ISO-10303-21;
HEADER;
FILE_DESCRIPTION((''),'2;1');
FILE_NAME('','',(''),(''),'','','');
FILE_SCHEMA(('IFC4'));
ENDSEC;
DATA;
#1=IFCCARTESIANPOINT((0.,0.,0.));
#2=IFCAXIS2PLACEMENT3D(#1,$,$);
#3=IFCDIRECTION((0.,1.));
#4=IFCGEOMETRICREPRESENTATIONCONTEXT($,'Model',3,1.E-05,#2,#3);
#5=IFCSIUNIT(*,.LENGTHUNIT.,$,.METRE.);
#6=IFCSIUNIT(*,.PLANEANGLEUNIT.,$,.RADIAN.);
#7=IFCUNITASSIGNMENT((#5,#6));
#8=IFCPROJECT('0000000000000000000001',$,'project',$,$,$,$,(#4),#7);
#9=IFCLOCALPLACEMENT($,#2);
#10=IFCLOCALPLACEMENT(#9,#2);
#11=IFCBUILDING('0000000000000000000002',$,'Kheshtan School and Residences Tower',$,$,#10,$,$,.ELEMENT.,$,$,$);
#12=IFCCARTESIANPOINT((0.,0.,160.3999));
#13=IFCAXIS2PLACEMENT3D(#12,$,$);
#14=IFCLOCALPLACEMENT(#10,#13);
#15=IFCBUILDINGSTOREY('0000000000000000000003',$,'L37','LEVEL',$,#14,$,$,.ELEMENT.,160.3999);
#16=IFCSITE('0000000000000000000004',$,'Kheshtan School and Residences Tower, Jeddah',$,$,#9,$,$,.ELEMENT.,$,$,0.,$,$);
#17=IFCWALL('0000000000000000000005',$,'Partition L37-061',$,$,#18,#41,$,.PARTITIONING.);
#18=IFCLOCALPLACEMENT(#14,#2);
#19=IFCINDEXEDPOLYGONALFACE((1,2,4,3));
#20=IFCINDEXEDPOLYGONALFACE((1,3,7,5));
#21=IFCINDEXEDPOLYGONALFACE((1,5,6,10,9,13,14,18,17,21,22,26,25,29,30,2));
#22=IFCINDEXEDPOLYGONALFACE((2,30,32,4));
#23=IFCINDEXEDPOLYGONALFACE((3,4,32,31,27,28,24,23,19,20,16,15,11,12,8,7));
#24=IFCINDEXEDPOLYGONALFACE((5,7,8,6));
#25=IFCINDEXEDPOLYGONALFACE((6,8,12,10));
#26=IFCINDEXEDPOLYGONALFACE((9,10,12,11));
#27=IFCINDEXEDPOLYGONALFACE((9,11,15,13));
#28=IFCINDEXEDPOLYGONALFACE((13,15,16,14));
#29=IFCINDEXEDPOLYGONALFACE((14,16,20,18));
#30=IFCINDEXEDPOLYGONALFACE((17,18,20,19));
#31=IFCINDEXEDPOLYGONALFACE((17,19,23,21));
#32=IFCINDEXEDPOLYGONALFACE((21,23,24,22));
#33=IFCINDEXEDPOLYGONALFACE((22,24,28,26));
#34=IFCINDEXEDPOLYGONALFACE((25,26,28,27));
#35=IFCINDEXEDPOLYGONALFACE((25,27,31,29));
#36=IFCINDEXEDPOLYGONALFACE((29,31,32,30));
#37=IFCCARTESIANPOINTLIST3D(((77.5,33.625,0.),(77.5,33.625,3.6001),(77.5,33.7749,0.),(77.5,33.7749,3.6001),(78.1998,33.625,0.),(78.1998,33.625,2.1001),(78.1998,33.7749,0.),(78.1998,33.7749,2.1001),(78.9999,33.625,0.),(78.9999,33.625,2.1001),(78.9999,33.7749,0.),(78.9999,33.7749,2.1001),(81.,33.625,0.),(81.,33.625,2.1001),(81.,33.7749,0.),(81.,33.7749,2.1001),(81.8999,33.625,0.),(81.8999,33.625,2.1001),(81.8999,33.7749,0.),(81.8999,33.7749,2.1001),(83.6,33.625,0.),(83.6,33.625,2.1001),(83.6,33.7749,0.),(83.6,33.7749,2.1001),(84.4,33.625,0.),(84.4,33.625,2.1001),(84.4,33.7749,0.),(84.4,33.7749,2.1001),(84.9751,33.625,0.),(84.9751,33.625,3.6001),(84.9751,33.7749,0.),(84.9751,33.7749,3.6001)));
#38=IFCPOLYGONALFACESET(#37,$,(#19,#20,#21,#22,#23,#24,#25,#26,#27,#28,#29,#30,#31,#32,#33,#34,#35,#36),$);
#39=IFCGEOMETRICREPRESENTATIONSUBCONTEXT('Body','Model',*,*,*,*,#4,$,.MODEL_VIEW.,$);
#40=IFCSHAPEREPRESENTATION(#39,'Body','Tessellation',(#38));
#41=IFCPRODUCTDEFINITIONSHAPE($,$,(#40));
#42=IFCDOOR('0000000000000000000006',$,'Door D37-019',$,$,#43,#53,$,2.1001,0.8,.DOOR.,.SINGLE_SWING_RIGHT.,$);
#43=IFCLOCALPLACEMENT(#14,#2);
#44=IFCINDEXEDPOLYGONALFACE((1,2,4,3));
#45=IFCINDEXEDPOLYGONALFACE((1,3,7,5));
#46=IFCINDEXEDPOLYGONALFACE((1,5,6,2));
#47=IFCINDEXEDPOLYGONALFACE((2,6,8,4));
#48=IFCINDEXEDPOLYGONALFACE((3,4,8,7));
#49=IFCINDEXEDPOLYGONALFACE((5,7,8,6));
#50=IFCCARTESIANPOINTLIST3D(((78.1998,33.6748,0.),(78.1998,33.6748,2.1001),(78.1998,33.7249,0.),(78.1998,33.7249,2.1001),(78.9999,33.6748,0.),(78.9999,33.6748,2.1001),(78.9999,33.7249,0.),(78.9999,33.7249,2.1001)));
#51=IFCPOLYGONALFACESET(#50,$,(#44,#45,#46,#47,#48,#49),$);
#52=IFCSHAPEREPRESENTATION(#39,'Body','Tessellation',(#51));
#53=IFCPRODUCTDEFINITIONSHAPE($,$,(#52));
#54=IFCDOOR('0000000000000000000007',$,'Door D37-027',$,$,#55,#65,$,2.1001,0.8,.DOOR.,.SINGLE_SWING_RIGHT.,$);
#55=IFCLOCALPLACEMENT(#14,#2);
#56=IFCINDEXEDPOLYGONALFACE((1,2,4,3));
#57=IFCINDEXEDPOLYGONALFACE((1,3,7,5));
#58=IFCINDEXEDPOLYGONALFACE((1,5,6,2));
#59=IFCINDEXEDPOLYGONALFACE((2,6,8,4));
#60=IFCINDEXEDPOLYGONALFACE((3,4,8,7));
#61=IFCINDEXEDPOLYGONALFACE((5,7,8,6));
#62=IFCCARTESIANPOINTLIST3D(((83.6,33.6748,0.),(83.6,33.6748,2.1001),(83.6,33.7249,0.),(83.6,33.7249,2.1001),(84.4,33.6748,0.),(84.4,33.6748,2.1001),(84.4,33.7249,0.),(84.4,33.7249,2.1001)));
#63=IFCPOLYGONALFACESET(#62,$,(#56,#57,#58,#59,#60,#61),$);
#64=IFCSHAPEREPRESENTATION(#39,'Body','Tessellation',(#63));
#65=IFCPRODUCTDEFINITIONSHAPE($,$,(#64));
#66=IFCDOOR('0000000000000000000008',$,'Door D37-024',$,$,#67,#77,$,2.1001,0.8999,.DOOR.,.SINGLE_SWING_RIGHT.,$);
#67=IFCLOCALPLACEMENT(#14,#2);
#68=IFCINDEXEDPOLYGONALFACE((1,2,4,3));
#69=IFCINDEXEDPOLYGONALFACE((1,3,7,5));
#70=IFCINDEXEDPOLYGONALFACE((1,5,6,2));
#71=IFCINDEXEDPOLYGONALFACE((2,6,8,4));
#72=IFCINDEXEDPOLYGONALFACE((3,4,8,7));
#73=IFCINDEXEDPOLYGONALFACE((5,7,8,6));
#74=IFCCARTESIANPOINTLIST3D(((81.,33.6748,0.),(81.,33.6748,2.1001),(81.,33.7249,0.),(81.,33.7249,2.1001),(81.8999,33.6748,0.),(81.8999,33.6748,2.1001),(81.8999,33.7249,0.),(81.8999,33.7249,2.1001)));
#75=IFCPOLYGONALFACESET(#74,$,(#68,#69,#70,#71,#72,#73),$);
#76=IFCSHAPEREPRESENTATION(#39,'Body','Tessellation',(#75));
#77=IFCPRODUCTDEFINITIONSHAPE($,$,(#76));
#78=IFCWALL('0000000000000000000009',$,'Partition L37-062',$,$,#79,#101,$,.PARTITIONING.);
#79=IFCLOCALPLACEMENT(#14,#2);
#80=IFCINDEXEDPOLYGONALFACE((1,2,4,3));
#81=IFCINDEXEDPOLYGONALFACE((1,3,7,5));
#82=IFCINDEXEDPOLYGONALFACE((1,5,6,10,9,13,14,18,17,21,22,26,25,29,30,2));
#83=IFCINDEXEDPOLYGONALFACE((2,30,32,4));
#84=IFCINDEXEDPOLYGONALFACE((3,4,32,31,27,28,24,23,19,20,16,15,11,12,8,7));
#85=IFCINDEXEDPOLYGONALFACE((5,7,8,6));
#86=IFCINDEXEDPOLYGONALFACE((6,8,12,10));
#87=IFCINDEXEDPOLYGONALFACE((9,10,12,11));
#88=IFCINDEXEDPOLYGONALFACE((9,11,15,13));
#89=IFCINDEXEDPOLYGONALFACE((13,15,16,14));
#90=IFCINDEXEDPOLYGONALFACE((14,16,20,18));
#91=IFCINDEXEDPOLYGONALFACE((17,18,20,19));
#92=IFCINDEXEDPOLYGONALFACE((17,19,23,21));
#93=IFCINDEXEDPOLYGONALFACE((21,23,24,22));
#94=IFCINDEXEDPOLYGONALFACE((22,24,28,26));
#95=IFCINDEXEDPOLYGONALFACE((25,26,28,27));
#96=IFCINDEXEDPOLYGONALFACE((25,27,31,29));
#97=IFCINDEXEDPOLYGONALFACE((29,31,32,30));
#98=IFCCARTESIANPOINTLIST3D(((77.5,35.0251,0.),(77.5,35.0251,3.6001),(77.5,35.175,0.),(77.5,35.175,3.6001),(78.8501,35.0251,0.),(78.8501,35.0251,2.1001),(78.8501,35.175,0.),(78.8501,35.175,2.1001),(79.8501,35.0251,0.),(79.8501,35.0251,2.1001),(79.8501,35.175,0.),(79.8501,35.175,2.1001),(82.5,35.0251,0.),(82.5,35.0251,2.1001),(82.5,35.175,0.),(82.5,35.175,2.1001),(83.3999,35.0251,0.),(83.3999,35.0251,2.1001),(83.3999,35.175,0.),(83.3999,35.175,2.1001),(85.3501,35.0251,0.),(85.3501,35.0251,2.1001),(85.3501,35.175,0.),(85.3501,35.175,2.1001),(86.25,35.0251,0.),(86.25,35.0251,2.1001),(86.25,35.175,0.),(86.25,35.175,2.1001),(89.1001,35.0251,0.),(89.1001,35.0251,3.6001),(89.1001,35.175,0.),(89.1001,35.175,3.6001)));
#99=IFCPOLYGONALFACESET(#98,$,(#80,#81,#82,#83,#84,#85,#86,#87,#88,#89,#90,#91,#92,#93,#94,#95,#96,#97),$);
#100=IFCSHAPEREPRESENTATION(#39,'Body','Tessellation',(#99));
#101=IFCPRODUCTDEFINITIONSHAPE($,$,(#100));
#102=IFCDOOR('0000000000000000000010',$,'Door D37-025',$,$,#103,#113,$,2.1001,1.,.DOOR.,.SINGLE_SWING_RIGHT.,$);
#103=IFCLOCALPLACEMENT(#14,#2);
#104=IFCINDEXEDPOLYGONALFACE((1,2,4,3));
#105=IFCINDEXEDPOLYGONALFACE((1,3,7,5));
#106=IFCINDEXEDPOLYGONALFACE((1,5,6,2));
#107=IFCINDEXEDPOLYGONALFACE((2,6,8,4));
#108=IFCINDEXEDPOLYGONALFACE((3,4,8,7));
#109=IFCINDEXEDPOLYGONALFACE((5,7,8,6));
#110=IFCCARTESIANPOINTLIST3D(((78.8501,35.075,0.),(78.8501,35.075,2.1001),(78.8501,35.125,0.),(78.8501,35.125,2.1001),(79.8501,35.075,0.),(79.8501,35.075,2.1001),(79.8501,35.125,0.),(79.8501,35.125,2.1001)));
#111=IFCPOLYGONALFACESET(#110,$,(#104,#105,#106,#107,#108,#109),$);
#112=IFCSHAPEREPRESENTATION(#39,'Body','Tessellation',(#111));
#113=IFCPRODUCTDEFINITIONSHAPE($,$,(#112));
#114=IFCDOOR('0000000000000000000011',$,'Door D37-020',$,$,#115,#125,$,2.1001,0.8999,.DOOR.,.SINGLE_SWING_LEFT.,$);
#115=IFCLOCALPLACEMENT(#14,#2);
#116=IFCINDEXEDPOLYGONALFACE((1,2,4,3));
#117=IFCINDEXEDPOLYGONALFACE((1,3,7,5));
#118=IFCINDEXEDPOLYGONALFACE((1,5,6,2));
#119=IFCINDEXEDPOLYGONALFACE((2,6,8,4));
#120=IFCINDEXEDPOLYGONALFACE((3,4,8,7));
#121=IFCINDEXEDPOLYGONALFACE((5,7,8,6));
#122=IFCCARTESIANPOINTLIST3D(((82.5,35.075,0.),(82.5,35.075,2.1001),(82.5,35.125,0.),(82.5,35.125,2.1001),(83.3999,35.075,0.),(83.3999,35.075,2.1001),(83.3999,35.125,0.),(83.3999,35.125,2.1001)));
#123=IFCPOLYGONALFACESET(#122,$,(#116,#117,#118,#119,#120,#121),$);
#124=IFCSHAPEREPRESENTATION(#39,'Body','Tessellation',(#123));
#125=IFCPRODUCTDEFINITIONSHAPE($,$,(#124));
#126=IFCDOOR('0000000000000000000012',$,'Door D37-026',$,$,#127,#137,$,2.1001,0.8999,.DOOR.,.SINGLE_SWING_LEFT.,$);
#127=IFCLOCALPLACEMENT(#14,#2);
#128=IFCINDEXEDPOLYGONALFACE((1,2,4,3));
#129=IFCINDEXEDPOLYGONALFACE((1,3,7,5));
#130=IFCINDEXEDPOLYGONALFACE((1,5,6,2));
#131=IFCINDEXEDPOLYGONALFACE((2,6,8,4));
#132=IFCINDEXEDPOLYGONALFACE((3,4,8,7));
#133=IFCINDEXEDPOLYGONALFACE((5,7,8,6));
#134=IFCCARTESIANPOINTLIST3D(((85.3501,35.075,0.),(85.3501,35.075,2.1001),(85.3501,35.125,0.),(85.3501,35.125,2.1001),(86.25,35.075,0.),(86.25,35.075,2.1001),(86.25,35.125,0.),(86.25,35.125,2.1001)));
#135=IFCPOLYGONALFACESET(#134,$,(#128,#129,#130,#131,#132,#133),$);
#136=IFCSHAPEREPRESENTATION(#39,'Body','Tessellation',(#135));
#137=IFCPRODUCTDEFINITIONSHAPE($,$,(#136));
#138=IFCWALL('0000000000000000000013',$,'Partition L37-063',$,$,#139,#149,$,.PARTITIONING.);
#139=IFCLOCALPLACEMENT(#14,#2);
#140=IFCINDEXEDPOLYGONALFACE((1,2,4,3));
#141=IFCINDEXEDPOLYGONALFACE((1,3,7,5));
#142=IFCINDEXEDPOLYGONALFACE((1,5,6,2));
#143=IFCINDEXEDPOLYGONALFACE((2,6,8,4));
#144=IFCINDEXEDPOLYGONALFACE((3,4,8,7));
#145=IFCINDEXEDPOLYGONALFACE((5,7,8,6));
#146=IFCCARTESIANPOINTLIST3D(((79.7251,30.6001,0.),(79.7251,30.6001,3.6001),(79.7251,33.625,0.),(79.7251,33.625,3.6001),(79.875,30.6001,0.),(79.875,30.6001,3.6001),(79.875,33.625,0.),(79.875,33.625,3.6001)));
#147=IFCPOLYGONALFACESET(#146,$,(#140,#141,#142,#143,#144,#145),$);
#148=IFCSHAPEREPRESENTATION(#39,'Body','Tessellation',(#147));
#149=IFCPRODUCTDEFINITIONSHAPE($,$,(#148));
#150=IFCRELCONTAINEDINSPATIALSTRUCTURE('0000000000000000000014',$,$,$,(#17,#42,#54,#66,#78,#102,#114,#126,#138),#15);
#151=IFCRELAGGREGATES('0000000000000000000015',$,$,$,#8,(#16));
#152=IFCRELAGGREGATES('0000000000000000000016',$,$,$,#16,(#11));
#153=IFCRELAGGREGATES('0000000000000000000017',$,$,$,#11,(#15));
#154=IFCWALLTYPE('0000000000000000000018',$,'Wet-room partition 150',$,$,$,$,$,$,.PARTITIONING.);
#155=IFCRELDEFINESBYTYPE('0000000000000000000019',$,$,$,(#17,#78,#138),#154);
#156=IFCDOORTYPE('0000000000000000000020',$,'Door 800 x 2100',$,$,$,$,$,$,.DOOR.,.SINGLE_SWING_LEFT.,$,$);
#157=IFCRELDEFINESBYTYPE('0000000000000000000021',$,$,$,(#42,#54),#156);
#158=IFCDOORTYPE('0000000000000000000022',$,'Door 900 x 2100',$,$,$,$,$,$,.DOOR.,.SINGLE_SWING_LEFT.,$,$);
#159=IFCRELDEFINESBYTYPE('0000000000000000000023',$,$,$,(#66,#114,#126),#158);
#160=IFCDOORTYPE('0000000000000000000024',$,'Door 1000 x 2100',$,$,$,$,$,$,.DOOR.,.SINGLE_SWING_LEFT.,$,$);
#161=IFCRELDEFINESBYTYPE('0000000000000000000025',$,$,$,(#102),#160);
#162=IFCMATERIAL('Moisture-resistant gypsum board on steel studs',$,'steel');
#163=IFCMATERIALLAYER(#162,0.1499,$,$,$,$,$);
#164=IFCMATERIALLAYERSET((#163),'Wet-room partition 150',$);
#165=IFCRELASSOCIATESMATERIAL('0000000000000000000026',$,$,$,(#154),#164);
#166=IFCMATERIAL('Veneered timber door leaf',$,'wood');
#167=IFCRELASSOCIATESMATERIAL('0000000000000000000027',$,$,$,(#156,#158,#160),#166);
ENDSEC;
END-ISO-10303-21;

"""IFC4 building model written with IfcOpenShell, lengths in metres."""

from ifc_helpers import new_model, si_unit, direction, frame, frame_2d, origin, place, context, subcontext, project, spatial, rectangle, extrude, source, transform, mapped, material, layer, layer_set, type_object, element, fill, save


model = new_model("IFC4")

# Units and contexts
model_context = context("Model", 3, precision=1e-05, world=origin(), true_north=direction((0.0, 1.0)))
body_context = subcontext(model_context, "Body", "Model", "MODEL_VIEW")
ifc_project = project(units=[si_unit("LENGTHUNIT", "METRE"), si_unit("PLANEANGLEUNIT", "RADIAN")], contexts=[model_context])

# Site, building, storey
site_placement = place(None, origin())
site = spatial("IfcSite", under=ifc_project, at=site_placement, Name="Kheshtan School and Residences Tower, Jeddah", CompositionType="ELEMENT", RefElevation=0.0)
building_placement = place(site_placement, origin())
building = spatial("IfcBuilding", under=site, at=building_placement, Name="Kheshtan School and Residences Tower", CompositionType="ELEMENT")
storey_placement = place(building_placement, frame((0.0, 0.0, 160.3999)))
storey = spatial("IfcBuildingStorey", under=building, at=storey_placement, Name="L37", Description="LEVEL", CompositionType="ELEMENT", Elevation=160.3999)

# Shared definitions
ifc_material_1 = material(Name="Moisture-resistant gypsum board on steel studs", Category="steel")
ifc_layer_1 = layer(ifc_material_1, 0.1499)
ifc_layer_set_1 = layer_set([ifc_layer_1], Name="Wet-room partition 150")
wall_type_1 = type_object("IfcWallType", Name="Wet-room partition 150", PredefinedType="PARTITIONING", material=ifc_layer_set_1)

# Shared definitions
ifc_material_2 = material(Name="Veneered timber door leaf", Category="wood")
door_type_1 = type_object("IfcDoorType", Name="Door 800 x 2100", OperationType="SINGLE_SWING_LEFT", PredefinedType="DOOR", material=ifc_material_2)
shared_shape_1 = source(origin(), body_context, "Body", "SweptSolid", [
    extrude(rectangle(XDim=0.8, YDim=2.1001, at=frame_2d((0.3999, 1.05))), frame((0.0, 0.0249, 0.0), z_axis=(0.0, -1.0, 0.0), x_axis=(1.0, 0.0, 0.0)), (0.0, 0.0, 1.0), 0.05),
])

# Walls, openings, doors
wall_1_placement = place(storey_placement, frame((77.5, 33.7, 0.0), z_axis=(0.0, 0.0, 1.0), x_axis=(1.0, 0.0, 0.0)))
wall_1 = element("IfcWall", 1, at=wall_1_placement, inside=storey, type_object=wall_type_1, Name="Partition L37-061", PredefinedType="PARTITIONING", context=body_context, shape_type="SweptSolid", body=[
    extrude(rectangle(XDim=7.4751, YDim=0.1499, at=frame_2d((3.7375, 0.0))), origin(), (0.0, 0.0, 1.0), 3.6001),
])
opening_1_placement = place(wall_1_placement, frame((0.7, 0.0, 0.0)))
opening_1 = element("IfcOpeningElement", 2, at=opening_1_placement, cuts=wall_1, PredefinedType="OPENING", context=body_context, shape_type="SweptSolid", body=[
    extrude(rectangle(XDim=0.8, YDim=2.1001, at=frame_2d((0.3999, 1.05))), frame((0.0, 0.085, 0.0), z_axis=(0.0, -1.0, 0.0), x_axis=(1.0, 0.0, 0.0)), (0.0, 0.0, 1.0), 0.1699),
])
opening_2_placement = place(wall_1_placement, frame((3.5, 0.0, 0.0)))
opening_2 = element("IfcOpeningElement", 3, at=opening_2_placement, cuts=wall_1, PredefinedType="OPENING", context=body_context, shape_type="SweptSolid", body=[
    extrude(rectangle(XDim=0.8999, YDim=2.1001, at=frame_2d((0.45, 1.05))), frame((0.0, 0.085, 0.0), z_axis=(0.0, -1.0, 0.0), x_axis=(1.0, 0.0, 0.0)), (0.0, 0.0, 1.0), 0.1699),
])
opening_3_placement = place(wall_1_placement, frame((6.1001, 0.0, 0.0)))
opening_3 = element("IfcOpeningElement", 4, at=opening_3_placement, cuts=wall_1, PredefinedType="OPENING", context=body_context, shape_type="SweptSolid", body=[
    extrude(rectangle(XDim=0.8, YDim=2.1001, at=frame_2d((0.3999, 1.05))), frame((0.0, 0.085, 0.0), z_axis=(0.0, -1.0, 0.0), x_axis=(1.0, 0.0, 0.0)), (0.0, 0.0, 1.0), 0.1699),
])
door_1_placement = place(opening_1_placement, origin())
door_1 = element("IfcDoor", 5, at=door_1_placement, inside=storey, type_object=door_type_1, Name="Door D37-019", OperationType="SINGLE_SWING_RIGHT", OverallHeight=2.1001, OverallWidth=0.8, PredefinedType="DOOR", context=body_context, shape_type="MappedRepresentation", body=[
    mapped(shared_shape_1, transform((0.0, 0.0, 0.0), x_axis=(1.0, 0.0, 0.0), y_axis=(0.0, 1.0, 0.0), z_axis=(0.0, 0.0, 1.0), scale=1.0)),
])
fill(opening_1, door_1)
door_2_placement = place(opening_3_placement, origin())
door_2 = element("IfcDoor", 6, at=door_2_placement, inside=storey, type_object=door_type_1, Name="Door D37-027", OperationType="SINGLE_SWING_RIGHT", OverallHeight=2.1001, OverallWidth=0.8, PredefinedType="DOOR", context=body_context, shape_type="MappedRepresentation", body=[
    mapped(shared_shape_1, transform((0.0, 0.0, 0.0), x_axis=(1.0, 0.0, 0.0), y_axis=(0.0, 1.0, 0.0), z_axis=(0.0, 0.0, 1.0), scale=1.0)),
])
fill(opening_3, door_2)
door_type_2 = type_object("IfcDoorType", Name="Door 900 x 2100", OperationType="SINGLE_SWING_LEFT", PredefinedType="DOOR", material=ifc_material_2)
shared_shape_2 = source(origin(), body_context, "Body", "SweptSolid", [
    extrude(rectangle(XDim=0.8999, YDim=2.1001, at=frame_2d((0.45, 1.05))), frame((0.0, 0.0249, 0.0), z_axis=(0.0, -1.0, 0.0), x_axis=(1.0, 0.0, 0.0)), (0.0, 0.0, 1.0), 0.05),
])
door_3_placement = place(opening_2_placement, origin())
door_3 = element("IfcDoor", 7, at=door_3_placement, inside=storey, type_object=door_type_2, Name="Door D37-024", OperationType="SINGLE_SWING_RIGHT", OverallHeight=2.1001, OverallWidth=0.8999, PredefinedType="DOOR", context=body_context, shape_type="MappedRepresentation", body=[
    mapped(shared_shape_2, transform((0.0, 0.0, 0.0), x_axis=(1.0, 0.0, 0.0), y_axis=(0.0, 1.0, 0.0), z_axis=(0.0, 0.0, 1.0), scale=1.0)),
])
fill(opening_2, door_3)
wall_2_placement = place(storey_placement, frame((77.5, 35.1001, 0.0), z_axis=(0.0, 0.0, 1.0), x_axis=(1.0, 0.0, 0.0)))
wall_2 = element("IfcWall", 8, at=wall_2_placement, inside=storey, type_object=wall_type_1, Name="Partition L37-062", PredefinedType="PARTITIONING", context=body_context, shape_type="SweptSolid", body=[
    extrude(rectangle(XDim=11.6001, YDim=0.1499, at=frame_2d((5.8, 0.0))), origin(), (0.0, 0.0, 1.0), 3.6001),
])
opening_4_placement = place(wall_2_placement, frame((5.0, 0.0, 0.0)))
opening_4 = element("IfcOpeningElement", 9, at=opening_4_placement, cuts=wall_2, PredefinedType="OPENING", context=body_context, shape_type="SweptSolid", body=[
    extrude(rectangle(XDim=0.8999, YDim=2.1001, at=frame_2d((0.45, 1.05))), frame((0.0, 0.085, 0.0), z_axis=(0.0, -1.0, 0.0), x_axis=(1.0, 0.0, 0.0)), (0.0, 0.0, 1.0), 0.1699),
])
opening_5_placement = place(wall_2_placement, frame((1.3501, 0.0, 0.0)))
opening_5 = element("IfcOpeningElement", 10, at=opening_5_placement, cuts=wall_2, PredefinedType="OPENING", context=body_context, shape_type="SweptSolid", body=[
    extrude(rectangle(XDim=1.0, YDim=2.1001, at=frame_2d((0.5, 1.05))), frame((0.0, 0.085, 0.0), z_axis=(0.0, -1.0, 0.0), x_axis=(1.0, 0.0, 0.0)), (0.0, 0.0, 1.0), 0.1699),
])
opening_6_placement = place(wall_2_placement, frame((7.8501, 0.0, 0.0)))
opening_6 = element("IfcOpeningElement", 11, at=opening_6_placement, cuts=wall_2, PredefinedType="OPENING", context=body_context, shape_type="SweptSolid", body=[
    extrude(rectangle(XDim=0.8999, YDim=2.1001, at=frame_2d((0.45, 1.05))), frame((0.0, 0.085, 0.0), z_axis=(0.0, -1.0, 0.0), x_axis=(1.0, 0.0, 0.0)), (0.0, 0.0, 1.0), 0.1699),
])
door_type_3 = type_object("IfcDoorType", Name="Door 1000 x 2100", OperationType="SINGLE_SWING_LEFT", PredefinedType="DOOR", material=ifc_material_2)
shared_shape_3 = source(origin(), body_context, "Body", "SweptSolid", [
    extrude(rectangle(XDim=1.0, YDim=2.1001, at=frame_2d((0.5, 1.05))), frame((0.0, 0.0249, 0.0), z_axis=(0.0, -1.0, 0.0), x_axis=(1.0, 0.0, 0.0)), (0.0, 0.0, 1.0), 0.05),
])
door_4_placement = place(opening_5_placement, origin())
door_4 = element("IfcDoor", 12, at=door_4_placement, inside=storey, type_object=door_type_3, Name="Door D37-025", OperationType="SINGLE_SWING_RIGHT", OverallHeight=2.1001, OverallWidth=1.0, PredefinedType="DOOR", context=body_context, shape_type="MappedRepresentation", body=[
    mapped(shared_shape_3, transform((0.0, 0.0, 0.0), x_axis=(1.0, 0.0, 0.0), y_axis=(0.0, 1.0, 0.0), z_axis=(0.0, 0.0, 1.0), scale=1.0)),
])
fill(opening_5, door_4)
door_5_placement = place(opening_4_placement, origin())
door_5 = element("IfcDoor", 13, at=door_5_placement, inside=storey, type_object=door_type_2, Name="Door D37-020", OperationType="SINGLE_SWING_LEFT", OverallHeight=2.1001, OverallWidth=0.8999, PredefinedType="DOOR", context=body_context, shape_type="MappedRepresentation", body=[
    mapped(shared_shape_2, transform((0.0, 0.0, 0.0), x_axis=(1.0, 0.0, 0.0), y_axis=(0.0, 1.0, 0.0), z_axis=(0.0, 0.0, 1.0), scale=1.0)),
])
fill(opening_4, door_5)
door_6_placement = place(opening_6_placement, origin())
door_6 = element("IfcDoor", 14, at=door_6_placement, inside=storey, type_object=door_type_2, Name="Door D37-026", OperationType="SINGLE_SWING_LEFT", OverallHeight=2.1001, OverallWidth=0.8999, PredefinedType="DOOR", context=body_context, shape_type="MappedRepresentation", body=[
    mapped(shared_shape_2, transform((0.0, 0.0, 0.0), x_axis=(1.0, 0.0, 0.0), y_axis=(0.0, 1.0, 0.0), z_axis=(0.0, 0.0, 1.0), scale=1.0)),
])
fill(opening_6, door_6)

# Wall
wall_3_placement = place(storey_placement, frame((79.8, 30.6001, 0.0), z_axis=(0.0, 0.0, 1.0), x_axis=(0.0, 1.0, 0.0)))
element("IfcWall", 15, at=wall_3_placement, inside=storey, type_object=wall_type_1, Name="Partition L37-063", PredefinedType="PARTITIONING", context=body_context, shape_type="SweptSolid", body=[
    extrude(rectangle(XDim=3.0249, YDim=0.1499, at=frame_2d((1.5125, 0.0))), origin(), (0.0, 0.0, 1.0), 3.6001),
])

save(model, "model.ifc")
